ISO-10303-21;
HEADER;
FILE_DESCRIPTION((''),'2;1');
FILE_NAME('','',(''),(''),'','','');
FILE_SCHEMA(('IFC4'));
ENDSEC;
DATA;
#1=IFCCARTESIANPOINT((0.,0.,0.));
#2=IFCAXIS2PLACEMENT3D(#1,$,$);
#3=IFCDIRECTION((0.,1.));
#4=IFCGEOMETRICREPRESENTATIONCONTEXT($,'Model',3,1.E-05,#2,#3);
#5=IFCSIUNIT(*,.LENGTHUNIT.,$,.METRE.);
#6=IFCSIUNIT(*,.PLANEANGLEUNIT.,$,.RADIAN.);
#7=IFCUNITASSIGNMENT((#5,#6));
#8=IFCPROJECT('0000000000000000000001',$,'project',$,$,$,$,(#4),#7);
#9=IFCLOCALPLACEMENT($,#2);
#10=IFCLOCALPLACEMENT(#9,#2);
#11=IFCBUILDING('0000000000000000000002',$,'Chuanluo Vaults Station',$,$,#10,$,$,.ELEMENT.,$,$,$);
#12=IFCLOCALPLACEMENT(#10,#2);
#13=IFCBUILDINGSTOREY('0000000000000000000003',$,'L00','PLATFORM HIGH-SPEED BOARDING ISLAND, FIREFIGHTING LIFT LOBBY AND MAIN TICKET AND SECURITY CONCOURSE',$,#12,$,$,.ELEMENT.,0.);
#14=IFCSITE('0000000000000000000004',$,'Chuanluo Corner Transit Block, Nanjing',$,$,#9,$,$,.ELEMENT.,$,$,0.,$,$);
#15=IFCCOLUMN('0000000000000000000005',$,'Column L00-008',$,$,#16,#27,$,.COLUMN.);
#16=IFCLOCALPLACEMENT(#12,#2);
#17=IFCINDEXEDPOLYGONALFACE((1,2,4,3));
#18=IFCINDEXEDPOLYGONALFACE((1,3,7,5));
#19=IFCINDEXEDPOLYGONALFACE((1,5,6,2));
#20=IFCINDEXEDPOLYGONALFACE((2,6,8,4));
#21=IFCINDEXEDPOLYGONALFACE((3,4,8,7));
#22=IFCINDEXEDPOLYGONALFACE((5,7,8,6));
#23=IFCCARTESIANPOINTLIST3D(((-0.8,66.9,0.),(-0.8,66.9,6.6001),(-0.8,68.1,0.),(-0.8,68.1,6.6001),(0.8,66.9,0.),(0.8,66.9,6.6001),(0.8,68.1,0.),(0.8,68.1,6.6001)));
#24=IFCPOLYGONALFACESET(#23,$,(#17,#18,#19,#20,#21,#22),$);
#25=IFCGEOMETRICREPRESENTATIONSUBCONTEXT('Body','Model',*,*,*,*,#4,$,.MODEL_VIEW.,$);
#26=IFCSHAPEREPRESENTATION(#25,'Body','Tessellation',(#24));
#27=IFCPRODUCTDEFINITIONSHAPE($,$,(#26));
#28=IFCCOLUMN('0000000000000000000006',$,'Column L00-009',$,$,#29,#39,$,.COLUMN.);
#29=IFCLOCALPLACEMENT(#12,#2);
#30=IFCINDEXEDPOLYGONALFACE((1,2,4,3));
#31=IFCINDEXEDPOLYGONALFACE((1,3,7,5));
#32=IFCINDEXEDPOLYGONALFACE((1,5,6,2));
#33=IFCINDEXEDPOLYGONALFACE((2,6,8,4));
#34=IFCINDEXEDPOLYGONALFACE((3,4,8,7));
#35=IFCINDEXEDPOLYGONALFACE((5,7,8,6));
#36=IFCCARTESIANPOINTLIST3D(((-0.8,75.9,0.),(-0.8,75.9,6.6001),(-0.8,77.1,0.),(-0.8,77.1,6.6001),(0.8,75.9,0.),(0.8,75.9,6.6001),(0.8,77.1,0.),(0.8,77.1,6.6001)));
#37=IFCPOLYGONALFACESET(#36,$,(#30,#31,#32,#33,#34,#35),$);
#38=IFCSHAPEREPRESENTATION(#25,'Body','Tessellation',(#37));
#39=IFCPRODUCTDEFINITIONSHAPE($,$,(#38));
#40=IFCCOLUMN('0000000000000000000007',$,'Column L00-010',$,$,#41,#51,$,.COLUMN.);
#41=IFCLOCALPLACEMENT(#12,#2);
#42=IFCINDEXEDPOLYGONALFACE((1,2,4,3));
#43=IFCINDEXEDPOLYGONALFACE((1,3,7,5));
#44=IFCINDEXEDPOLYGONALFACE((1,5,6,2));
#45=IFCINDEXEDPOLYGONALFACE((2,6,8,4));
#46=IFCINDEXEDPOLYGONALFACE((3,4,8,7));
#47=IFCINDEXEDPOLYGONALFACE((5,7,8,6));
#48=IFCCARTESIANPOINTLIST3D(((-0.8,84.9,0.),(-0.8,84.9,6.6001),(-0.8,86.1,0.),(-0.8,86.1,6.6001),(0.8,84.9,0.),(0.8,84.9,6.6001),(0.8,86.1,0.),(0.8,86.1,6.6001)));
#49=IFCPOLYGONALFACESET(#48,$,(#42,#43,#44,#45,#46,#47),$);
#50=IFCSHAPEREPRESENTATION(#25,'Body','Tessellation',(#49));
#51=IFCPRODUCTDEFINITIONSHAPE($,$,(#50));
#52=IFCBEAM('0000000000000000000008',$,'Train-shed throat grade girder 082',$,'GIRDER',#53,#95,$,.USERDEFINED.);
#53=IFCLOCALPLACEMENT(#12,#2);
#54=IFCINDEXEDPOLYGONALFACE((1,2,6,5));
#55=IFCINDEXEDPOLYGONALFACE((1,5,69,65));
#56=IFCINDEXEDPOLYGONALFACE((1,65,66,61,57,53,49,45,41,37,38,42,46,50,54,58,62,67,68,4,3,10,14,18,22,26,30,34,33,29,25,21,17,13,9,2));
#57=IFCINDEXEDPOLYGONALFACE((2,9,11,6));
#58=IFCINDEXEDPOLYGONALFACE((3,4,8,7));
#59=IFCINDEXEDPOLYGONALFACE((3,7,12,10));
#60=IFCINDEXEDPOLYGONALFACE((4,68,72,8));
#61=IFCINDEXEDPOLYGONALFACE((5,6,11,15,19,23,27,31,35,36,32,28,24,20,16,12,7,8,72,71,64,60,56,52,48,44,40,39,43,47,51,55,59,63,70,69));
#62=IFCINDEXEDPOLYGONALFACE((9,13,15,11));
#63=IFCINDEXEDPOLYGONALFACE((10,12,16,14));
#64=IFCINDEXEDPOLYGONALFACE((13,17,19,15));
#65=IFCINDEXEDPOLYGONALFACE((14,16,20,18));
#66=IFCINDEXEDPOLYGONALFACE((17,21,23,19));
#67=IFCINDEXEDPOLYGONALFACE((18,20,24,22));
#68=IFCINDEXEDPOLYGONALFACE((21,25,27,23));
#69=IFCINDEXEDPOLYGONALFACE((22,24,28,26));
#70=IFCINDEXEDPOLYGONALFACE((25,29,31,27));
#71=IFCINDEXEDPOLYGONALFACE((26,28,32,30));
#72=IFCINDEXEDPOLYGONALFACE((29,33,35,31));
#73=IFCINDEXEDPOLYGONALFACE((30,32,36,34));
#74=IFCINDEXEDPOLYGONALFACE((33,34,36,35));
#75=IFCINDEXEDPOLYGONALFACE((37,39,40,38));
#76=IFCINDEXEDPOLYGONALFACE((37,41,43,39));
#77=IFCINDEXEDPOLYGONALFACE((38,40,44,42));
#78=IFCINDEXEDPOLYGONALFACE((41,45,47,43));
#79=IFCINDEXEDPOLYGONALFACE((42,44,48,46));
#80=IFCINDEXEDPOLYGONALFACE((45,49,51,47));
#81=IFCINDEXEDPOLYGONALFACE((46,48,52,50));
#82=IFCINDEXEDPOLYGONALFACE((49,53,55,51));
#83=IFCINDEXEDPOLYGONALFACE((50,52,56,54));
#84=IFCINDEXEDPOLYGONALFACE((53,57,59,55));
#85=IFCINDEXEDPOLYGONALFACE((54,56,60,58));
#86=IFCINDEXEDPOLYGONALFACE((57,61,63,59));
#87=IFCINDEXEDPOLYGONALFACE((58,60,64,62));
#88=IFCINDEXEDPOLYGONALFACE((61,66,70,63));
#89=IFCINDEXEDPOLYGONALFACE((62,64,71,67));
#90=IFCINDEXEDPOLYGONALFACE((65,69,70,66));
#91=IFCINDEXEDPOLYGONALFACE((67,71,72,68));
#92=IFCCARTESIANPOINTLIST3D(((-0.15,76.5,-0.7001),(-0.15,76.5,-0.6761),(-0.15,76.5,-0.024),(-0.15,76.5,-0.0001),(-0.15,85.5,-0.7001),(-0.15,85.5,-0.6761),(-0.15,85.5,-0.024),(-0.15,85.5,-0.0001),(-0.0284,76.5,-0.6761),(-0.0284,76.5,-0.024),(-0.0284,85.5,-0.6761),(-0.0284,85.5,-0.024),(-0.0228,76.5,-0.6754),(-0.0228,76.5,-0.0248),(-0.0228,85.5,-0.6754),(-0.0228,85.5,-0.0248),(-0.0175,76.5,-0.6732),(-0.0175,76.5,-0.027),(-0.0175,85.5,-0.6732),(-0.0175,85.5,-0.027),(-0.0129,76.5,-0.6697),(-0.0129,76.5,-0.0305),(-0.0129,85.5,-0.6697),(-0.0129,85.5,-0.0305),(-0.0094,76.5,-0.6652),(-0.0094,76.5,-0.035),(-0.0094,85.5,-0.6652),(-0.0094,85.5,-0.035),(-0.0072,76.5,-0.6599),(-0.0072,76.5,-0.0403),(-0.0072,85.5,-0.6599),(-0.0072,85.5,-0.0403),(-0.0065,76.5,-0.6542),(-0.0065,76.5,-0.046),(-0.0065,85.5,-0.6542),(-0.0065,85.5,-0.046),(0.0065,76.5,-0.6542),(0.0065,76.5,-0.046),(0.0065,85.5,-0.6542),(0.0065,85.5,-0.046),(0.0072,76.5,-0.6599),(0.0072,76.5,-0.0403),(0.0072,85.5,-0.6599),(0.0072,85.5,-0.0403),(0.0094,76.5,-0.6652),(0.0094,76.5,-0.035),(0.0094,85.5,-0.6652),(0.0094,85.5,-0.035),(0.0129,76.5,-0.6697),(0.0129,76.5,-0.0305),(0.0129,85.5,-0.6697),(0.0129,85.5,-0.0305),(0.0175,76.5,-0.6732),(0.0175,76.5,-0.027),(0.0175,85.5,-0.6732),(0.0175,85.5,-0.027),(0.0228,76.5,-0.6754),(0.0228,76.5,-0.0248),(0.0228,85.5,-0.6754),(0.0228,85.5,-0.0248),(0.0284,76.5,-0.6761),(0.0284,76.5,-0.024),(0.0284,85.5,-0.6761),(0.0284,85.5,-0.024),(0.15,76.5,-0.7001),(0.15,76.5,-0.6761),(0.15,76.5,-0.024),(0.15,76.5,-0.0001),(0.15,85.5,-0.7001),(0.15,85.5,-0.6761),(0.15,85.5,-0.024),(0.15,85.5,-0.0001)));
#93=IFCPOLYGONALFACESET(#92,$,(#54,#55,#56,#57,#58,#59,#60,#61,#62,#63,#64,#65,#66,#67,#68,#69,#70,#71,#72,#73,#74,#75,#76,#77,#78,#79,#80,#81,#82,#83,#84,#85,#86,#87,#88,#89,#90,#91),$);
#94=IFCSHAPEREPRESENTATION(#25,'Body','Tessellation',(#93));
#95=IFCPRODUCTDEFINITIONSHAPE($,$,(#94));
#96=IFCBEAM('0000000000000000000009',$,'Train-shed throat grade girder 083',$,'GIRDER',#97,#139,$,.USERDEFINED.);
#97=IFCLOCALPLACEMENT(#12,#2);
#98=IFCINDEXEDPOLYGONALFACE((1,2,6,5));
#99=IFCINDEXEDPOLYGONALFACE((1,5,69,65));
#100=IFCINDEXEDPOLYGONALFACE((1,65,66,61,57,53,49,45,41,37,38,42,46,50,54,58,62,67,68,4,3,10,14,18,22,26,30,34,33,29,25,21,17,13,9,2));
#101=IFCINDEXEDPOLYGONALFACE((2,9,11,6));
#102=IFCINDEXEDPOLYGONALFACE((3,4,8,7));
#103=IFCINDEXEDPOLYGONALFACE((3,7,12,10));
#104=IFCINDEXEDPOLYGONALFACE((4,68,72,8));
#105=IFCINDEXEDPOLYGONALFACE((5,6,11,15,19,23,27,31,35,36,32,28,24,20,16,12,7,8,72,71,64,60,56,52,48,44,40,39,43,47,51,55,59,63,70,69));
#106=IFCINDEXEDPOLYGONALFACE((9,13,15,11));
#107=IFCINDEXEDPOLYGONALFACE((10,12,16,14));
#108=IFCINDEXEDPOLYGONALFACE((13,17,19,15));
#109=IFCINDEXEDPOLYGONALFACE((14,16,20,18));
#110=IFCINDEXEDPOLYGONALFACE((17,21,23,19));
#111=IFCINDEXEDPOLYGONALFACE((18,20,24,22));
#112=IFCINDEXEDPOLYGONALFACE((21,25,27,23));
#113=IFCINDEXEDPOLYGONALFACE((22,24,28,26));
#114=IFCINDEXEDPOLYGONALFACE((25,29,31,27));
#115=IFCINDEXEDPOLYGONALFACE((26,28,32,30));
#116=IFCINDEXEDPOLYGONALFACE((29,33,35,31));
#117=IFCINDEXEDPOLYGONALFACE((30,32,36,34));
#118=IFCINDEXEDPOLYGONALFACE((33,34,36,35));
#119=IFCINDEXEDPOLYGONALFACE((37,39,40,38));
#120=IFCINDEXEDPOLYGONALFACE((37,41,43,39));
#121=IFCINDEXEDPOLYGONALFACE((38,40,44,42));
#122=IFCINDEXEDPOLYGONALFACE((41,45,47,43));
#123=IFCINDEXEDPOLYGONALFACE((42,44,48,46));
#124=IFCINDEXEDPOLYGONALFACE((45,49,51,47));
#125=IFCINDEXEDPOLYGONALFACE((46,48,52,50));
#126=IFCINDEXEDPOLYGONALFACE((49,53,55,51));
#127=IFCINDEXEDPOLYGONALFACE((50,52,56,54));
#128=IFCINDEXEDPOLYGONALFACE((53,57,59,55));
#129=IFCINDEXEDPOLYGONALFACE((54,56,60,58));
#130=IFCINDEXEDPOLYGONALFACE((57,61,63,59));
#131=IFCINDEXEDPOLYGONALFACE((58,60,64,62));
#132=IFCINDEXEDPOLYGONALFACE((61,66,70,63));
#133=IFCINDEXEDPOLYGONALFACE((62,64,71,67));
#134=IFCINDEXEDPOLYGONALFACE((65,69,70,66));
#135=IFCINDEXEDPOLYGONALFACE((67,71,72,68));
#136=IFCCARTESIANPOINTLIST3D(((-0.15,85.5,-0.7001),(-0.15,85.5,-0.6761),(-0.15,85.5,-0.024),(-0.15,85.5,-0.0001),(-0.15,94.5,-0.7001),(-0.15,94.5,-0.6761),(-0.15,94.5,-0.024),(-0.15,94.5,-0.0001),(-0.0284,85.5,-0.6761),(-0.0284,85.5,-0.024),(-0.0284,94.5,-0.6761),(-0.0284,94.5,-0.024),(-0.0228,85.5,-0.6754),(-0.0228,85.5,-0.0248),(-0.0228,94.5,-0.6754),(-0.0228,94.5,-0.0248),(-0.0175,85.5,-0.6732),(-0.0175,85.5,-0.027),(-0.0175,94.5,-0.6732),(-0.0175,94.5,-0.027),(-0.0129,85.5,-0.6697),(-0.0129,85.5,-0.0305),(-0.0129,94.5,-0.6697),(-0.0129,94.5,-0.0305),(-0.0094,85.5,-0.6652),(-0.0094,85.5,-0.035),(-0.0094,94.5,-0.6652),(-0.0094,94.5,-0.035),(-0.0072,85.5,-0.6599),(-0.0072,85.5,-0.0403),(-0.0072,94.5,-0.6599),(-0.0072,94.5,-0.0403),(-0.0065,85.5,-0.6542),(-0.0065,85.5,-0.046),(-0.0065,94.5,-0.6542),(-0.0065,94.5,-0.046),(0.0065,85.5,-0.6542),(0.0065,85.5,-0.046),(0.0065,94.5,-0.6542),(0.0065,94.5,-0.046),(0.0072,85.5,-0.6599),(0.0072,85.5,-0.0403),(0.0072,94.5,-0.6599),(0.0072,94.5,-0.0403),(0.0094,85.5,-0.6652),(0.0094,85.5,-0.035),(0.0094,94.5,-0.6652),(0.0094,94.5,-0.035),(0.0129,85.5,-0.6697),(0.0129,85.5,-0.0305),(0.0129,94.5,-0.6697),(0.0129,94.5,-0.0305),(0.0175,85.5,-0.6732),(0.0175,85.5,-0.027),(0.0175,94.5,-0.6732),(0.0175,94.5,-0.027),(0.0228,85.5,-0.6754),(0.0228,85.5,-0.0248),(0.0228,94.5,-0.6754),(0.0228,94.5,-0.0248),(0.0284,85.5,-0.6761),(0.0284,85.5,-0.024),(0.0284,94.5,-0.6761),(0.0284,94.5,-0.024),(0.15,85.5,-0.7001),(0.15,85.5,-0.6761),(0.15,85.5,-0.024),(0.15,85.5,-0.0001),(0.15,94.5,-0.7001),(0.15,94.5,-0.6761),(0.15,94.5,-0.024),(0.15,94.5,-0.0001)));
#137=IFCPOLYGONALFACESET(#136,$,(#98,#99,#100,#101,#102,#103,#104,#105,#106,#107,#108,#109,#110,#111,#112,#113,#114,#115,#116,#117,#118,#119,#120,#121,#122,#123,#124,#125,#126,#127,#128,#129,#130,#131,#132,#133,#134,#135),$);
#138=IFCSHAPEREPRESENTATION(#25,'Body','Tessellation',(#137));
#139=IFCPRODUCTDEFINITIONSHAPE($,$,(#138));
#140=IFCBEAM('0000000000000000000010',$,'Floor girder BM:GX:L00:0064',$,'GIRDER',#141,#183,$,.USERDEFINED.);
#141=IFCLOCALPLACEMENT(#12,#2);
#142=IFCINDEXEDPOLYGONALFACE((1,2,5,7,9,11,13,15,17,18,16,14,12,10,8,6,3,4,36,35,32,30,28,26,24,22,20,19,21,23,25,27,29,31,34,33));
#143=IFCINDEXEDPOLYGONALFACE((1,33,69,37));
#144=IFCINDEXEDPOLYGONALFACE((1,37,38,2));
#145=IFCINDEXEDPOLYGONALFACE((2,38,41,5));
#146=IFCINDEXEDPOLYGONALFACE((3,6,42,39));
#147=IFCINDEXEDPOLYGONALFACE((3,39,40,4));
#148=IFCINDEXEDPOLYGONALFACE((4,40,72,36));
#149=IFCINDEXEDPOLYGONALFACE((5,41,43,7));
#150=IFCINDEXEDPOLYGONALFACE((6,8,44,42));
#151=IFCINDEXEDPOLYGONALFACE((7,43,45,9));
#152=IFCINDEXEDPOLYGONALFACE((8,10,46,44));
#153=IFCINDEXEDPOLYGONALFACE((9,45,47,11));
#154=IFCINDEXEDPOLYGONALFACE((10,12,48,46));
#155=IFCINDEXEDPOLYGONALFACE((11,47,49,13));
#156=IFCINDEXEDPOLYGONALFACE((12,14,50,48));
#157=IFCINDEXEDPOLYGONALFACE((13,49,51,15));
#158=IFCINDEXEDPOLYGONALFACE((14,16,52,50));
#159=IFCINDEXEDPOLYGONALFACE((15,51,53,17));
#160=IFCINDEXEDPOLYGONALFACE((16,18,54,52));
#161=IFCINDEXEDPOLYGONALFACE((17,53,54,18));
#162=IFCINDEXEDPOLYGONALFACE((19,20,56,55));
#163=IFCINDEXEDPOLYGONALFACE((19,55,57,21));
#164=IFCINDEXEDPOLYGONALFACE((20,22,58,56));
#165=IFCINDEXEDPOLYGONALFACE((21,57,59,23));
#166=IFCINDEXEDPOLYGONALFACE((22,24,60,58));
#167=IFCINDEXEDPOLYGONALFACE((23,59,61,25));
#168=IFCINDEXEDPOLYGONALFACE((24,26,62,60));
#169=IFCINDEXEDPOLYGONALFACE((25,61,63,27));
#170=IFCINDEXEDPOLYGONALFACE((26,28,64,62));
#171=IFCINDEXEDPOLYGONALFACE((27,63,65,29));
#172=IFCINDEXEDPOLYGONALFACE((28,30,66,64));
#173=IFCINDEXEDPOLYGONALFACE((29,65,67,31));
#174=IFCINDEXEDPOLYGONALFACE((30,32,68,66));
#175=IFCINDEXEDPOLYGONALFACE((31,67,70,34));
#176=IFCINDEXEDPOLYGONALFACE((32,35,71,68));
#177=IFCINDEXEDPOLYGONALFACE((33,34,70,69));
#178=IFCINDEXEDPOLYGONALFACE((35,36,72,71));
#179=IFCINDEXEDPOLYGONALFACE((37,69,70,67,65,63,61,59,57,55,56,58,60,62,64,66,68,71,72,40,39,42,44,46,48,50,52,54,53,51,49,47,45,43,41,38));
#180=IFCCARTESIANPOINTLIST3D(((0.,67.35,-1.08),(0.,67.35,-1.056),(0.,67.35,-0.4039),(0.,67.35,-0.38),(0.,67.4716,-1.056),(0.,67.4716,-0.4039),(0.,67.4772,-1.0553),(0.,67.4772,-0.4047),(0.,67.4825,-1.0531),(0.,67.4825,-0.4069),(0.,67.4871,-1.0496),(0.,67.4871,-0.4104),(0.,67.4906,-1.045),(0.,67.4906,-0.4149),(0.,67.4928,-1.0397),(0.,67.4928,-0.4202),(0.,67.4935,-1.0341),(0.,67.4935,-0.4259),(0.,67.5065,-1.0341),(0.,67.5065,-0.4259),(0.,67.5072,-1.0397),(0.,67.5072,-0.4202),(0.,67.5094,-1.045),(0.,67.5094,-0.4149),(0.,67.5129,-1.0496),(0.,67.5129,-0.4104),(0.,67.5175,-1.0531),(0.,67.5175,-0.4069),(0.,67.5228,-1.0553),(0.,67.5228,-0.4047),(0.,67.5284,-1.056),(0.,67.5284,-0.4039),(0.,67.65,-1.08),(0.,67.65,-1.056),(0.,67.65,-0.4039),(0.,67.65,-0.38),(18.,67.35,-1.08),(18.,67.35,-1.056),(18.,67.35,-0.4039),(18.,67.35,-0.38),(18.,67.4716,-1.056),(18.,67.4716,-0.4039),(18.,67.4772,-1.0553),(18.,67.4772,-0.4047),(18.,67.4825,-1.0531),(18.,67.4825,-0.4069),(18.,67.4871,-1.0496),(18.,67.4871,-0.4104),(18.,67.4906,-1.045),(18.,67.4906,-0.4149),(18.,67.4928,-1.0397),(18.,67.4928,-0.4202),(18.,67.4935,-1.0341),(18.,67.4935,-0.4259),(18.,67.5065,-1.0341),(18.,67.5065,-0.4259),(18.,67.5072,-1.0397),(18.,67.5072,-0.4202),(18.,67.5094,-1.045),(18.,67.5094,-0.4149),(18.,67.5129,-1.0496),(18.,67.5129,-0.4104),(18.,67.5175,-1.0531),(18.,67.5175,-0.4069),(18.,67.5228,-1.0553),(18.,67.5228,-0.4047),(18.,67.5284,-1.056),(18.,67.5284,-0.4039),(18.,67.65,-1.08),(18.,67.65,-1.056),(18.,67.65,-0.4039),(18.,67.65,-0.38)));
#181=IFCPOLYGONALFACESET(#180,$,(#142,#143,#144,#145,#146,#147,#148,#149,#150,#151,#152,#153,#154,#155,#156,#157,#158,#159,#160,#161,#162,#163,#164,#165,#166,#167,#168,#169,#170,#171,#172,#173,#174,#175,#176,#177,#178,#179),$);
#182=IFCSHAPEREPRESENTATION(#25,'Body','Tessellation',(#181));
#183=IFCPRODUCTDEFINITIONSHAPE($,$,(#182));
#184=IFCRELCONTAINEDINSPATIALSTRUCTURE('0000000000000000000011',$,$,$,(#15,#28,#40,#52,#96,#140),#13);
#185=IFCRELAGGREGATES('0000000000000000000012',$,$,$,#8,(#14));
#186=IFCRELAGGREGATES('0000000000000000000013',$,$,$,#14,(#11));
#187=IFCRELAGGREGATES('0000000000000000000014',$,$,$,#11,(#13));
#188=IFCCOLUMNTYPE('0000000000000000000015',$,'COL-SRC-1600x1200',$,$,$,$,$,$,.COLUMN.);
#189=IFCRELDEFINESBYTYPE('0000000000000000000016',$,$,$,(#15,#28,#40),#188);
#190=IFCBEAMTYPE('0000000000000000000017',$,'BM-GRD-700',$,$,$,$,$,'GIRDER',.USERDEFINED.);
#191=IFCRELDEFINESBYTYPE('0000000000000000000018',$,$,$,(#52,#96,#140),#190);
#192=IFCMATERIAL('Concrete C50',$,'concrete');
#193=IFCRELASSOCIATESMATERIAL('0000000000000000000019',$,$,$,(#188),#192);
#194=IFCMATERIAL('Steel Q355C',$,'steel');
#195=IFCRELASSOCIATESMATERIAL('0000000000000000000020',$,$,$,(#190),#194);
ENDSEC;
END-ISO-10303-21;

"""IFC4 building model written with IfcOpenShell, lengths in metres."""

from ifc_helpers import new_model, si_unit, direction, frame, origin, origin_2d, place, context, subcontext, project, spatial, rectangle, i_section, extrude, material, material_profile, profile_set, type_object, element, save


model = new_model("IFC4")

# Units and contexts
model_context = context("Model", 3, precision=1e-05, world=origin(), true_north=direction((0.0, 1.0)))
body_context = subcontext(model_context, "Body", "Model", "MODEL_VIEW")
ifc_project = project(units=[si_unit("LENGTHUNIT", "METRE"), si_unit("PLANEANGLEUNIT", "RADIAN")], contexts=[model_context])

# Site, building, storey
site_placement = place(None, origin())
site = spatial("IfcSite", under=ifc_project, at=site_placement, Name="Chuanluo Corner Transit Block, Nanjing", CompositionType="ELEMENT", RefElevation=0.0)
building_placement = place(site_placement, origin())
building = spatial("IfcBuilding", under=site, at=building_placement, Name="Chuanluo Vaults Station", CompositionType="ELEMENT")
storey_placement = place(building_placement, origin())
storey = spatial("IfcBuildingStorey", under=building, at=storey_placement, Name="L00", Description="PLATFORM HIGH-SPEED BOARDING ISLAND, FIREFIGHTING LIFT LOBBY AND MAIN TICKET AND SECURITY CONCOURSE", CompositionType="ELEMENT", Elevation=0.0)

# Columns
ifc_material_1 = material(Name="Concrete C50", Category="concrete")
ifc_material_profile_1 = material_profile(ifc_material_1, rectangle(XDim=1.6001, YDim=1.2, at=origin_2d()))
ifc_profile_set_1 = profile_set([ifc_material_profile_1], Name="Concrete C50")
column_type = type_object("IfcColumnType", Name="COL-SRC-1600x1200", PredefinedType="COLUMN", material=ifc_profile_set_1)
for number, where, z_axis, x_axis, name in (
    (1, (0.0, 67.5, 0.0), (0.0, 0.0, 1.0), (1.0, 0.0, 0.0), "Column L00-008"),
    (2, (0.0, 76.5, 0.0), (0.0, 0.0, 1.0), (1.0, 0.0, 0.0), "Column L00-009"),
    (3, (0.0, 85.5, 0.0), (0.0, 0.0, 1.0), (1.0, 0.0, 0.0), "Column L00-010"),
):
    element("IfcColumn", number, at=place(storey_placement, frame(where, z_axis=z_axis, x_axis=x_axis)), inside=storey, type_object=column_type, Name=name, PredefinedType="COLUMN", context=body_context, shape_type="SweptSolid", body=[
        extrude(rectangle(XDim=1.6001, YDim=1.2, at=origin_2d()), origin(), (0.0, 0.0, 1.0), 6.6001),
    ])

# Beams
ifc_material_2 = material(Name="Steel Q355C", Category="steel")
ifc_material_profile_2 = material_profile(ifc_material_2, i_section(OverallWidth=0.3, OverallDepth=0.7, WebThickness=0.0129, FlangeThickness=0.0239, FilletRadius=0.022, at=origin_2d()))
ifc_profile_set_2 = profile_set([ifc_material_profile_2], Name="Steel Q355C")
beam_type_1 = type_object("IfcBeamType", Name="BM-GRD-700", ElementType="GIRDER", PredefinedType="USERDEFINED", material=ifc_profile_set_2)
for number, where, z_axis, x_axis, name in (
    (4, (0.0, 76.5, -0.3501), (0.0, 1.0, 0.0), (-1.0, 0.0, 0.0), "Train-shed throat grade girder 082"),
    (5, (0.0, 85.5, -0.3501), (0.0, 1.0, 0.0), (-1.0, 0.0, 0.0), "Train-shed throat grade girder 083"),
):
    element("IfcBeam", number, at=place(storey_placement, frame(where, z_axis=z_axis, x_axis=x_axis)), inside=storey, type_object=beam_type_1, Name=name, ObjectType="GIRDER", PredefinedType="USERDEFINED", context=body_context, shape_type="SweptSolid", body=[
        extrude(i_section(OverallWidth=0.3, OverallDepth=0.7, WebThickness=0.0129, FlangeThickness=0.0239, FilletRadius=0.022, at=origin_2d()), origin(), (0.0, 0.0, 1.0), 9.0),
    ])
beam_1_placement = place(storey_placement, frame((0.0, 67.5, -0.73), z_axis=(1.0, 0.0, 0.0), x_axis=(0.0, 1.0, 0.0)))
element("IfcBeam", 6, at=beam_1_placement, inside=storey, type_object=beam_type_1, Name="Floor girder BM:GX:L00:0064", ObjectType="GIRDER", PredefinedType="USERDEFINED", context=body_context, shape_type="SweptSolid", body=[
    extrude(i_section(OverallWidth=0.3, OverallDepth=0.7, WebThickness=0.0129, FlangeThickness=0.0239, FilletRadius=0.022, at=origin_2d()), origin(), (0.0, 0.0, 1.0), 18.0),
])

save(model, "model.ifc")
